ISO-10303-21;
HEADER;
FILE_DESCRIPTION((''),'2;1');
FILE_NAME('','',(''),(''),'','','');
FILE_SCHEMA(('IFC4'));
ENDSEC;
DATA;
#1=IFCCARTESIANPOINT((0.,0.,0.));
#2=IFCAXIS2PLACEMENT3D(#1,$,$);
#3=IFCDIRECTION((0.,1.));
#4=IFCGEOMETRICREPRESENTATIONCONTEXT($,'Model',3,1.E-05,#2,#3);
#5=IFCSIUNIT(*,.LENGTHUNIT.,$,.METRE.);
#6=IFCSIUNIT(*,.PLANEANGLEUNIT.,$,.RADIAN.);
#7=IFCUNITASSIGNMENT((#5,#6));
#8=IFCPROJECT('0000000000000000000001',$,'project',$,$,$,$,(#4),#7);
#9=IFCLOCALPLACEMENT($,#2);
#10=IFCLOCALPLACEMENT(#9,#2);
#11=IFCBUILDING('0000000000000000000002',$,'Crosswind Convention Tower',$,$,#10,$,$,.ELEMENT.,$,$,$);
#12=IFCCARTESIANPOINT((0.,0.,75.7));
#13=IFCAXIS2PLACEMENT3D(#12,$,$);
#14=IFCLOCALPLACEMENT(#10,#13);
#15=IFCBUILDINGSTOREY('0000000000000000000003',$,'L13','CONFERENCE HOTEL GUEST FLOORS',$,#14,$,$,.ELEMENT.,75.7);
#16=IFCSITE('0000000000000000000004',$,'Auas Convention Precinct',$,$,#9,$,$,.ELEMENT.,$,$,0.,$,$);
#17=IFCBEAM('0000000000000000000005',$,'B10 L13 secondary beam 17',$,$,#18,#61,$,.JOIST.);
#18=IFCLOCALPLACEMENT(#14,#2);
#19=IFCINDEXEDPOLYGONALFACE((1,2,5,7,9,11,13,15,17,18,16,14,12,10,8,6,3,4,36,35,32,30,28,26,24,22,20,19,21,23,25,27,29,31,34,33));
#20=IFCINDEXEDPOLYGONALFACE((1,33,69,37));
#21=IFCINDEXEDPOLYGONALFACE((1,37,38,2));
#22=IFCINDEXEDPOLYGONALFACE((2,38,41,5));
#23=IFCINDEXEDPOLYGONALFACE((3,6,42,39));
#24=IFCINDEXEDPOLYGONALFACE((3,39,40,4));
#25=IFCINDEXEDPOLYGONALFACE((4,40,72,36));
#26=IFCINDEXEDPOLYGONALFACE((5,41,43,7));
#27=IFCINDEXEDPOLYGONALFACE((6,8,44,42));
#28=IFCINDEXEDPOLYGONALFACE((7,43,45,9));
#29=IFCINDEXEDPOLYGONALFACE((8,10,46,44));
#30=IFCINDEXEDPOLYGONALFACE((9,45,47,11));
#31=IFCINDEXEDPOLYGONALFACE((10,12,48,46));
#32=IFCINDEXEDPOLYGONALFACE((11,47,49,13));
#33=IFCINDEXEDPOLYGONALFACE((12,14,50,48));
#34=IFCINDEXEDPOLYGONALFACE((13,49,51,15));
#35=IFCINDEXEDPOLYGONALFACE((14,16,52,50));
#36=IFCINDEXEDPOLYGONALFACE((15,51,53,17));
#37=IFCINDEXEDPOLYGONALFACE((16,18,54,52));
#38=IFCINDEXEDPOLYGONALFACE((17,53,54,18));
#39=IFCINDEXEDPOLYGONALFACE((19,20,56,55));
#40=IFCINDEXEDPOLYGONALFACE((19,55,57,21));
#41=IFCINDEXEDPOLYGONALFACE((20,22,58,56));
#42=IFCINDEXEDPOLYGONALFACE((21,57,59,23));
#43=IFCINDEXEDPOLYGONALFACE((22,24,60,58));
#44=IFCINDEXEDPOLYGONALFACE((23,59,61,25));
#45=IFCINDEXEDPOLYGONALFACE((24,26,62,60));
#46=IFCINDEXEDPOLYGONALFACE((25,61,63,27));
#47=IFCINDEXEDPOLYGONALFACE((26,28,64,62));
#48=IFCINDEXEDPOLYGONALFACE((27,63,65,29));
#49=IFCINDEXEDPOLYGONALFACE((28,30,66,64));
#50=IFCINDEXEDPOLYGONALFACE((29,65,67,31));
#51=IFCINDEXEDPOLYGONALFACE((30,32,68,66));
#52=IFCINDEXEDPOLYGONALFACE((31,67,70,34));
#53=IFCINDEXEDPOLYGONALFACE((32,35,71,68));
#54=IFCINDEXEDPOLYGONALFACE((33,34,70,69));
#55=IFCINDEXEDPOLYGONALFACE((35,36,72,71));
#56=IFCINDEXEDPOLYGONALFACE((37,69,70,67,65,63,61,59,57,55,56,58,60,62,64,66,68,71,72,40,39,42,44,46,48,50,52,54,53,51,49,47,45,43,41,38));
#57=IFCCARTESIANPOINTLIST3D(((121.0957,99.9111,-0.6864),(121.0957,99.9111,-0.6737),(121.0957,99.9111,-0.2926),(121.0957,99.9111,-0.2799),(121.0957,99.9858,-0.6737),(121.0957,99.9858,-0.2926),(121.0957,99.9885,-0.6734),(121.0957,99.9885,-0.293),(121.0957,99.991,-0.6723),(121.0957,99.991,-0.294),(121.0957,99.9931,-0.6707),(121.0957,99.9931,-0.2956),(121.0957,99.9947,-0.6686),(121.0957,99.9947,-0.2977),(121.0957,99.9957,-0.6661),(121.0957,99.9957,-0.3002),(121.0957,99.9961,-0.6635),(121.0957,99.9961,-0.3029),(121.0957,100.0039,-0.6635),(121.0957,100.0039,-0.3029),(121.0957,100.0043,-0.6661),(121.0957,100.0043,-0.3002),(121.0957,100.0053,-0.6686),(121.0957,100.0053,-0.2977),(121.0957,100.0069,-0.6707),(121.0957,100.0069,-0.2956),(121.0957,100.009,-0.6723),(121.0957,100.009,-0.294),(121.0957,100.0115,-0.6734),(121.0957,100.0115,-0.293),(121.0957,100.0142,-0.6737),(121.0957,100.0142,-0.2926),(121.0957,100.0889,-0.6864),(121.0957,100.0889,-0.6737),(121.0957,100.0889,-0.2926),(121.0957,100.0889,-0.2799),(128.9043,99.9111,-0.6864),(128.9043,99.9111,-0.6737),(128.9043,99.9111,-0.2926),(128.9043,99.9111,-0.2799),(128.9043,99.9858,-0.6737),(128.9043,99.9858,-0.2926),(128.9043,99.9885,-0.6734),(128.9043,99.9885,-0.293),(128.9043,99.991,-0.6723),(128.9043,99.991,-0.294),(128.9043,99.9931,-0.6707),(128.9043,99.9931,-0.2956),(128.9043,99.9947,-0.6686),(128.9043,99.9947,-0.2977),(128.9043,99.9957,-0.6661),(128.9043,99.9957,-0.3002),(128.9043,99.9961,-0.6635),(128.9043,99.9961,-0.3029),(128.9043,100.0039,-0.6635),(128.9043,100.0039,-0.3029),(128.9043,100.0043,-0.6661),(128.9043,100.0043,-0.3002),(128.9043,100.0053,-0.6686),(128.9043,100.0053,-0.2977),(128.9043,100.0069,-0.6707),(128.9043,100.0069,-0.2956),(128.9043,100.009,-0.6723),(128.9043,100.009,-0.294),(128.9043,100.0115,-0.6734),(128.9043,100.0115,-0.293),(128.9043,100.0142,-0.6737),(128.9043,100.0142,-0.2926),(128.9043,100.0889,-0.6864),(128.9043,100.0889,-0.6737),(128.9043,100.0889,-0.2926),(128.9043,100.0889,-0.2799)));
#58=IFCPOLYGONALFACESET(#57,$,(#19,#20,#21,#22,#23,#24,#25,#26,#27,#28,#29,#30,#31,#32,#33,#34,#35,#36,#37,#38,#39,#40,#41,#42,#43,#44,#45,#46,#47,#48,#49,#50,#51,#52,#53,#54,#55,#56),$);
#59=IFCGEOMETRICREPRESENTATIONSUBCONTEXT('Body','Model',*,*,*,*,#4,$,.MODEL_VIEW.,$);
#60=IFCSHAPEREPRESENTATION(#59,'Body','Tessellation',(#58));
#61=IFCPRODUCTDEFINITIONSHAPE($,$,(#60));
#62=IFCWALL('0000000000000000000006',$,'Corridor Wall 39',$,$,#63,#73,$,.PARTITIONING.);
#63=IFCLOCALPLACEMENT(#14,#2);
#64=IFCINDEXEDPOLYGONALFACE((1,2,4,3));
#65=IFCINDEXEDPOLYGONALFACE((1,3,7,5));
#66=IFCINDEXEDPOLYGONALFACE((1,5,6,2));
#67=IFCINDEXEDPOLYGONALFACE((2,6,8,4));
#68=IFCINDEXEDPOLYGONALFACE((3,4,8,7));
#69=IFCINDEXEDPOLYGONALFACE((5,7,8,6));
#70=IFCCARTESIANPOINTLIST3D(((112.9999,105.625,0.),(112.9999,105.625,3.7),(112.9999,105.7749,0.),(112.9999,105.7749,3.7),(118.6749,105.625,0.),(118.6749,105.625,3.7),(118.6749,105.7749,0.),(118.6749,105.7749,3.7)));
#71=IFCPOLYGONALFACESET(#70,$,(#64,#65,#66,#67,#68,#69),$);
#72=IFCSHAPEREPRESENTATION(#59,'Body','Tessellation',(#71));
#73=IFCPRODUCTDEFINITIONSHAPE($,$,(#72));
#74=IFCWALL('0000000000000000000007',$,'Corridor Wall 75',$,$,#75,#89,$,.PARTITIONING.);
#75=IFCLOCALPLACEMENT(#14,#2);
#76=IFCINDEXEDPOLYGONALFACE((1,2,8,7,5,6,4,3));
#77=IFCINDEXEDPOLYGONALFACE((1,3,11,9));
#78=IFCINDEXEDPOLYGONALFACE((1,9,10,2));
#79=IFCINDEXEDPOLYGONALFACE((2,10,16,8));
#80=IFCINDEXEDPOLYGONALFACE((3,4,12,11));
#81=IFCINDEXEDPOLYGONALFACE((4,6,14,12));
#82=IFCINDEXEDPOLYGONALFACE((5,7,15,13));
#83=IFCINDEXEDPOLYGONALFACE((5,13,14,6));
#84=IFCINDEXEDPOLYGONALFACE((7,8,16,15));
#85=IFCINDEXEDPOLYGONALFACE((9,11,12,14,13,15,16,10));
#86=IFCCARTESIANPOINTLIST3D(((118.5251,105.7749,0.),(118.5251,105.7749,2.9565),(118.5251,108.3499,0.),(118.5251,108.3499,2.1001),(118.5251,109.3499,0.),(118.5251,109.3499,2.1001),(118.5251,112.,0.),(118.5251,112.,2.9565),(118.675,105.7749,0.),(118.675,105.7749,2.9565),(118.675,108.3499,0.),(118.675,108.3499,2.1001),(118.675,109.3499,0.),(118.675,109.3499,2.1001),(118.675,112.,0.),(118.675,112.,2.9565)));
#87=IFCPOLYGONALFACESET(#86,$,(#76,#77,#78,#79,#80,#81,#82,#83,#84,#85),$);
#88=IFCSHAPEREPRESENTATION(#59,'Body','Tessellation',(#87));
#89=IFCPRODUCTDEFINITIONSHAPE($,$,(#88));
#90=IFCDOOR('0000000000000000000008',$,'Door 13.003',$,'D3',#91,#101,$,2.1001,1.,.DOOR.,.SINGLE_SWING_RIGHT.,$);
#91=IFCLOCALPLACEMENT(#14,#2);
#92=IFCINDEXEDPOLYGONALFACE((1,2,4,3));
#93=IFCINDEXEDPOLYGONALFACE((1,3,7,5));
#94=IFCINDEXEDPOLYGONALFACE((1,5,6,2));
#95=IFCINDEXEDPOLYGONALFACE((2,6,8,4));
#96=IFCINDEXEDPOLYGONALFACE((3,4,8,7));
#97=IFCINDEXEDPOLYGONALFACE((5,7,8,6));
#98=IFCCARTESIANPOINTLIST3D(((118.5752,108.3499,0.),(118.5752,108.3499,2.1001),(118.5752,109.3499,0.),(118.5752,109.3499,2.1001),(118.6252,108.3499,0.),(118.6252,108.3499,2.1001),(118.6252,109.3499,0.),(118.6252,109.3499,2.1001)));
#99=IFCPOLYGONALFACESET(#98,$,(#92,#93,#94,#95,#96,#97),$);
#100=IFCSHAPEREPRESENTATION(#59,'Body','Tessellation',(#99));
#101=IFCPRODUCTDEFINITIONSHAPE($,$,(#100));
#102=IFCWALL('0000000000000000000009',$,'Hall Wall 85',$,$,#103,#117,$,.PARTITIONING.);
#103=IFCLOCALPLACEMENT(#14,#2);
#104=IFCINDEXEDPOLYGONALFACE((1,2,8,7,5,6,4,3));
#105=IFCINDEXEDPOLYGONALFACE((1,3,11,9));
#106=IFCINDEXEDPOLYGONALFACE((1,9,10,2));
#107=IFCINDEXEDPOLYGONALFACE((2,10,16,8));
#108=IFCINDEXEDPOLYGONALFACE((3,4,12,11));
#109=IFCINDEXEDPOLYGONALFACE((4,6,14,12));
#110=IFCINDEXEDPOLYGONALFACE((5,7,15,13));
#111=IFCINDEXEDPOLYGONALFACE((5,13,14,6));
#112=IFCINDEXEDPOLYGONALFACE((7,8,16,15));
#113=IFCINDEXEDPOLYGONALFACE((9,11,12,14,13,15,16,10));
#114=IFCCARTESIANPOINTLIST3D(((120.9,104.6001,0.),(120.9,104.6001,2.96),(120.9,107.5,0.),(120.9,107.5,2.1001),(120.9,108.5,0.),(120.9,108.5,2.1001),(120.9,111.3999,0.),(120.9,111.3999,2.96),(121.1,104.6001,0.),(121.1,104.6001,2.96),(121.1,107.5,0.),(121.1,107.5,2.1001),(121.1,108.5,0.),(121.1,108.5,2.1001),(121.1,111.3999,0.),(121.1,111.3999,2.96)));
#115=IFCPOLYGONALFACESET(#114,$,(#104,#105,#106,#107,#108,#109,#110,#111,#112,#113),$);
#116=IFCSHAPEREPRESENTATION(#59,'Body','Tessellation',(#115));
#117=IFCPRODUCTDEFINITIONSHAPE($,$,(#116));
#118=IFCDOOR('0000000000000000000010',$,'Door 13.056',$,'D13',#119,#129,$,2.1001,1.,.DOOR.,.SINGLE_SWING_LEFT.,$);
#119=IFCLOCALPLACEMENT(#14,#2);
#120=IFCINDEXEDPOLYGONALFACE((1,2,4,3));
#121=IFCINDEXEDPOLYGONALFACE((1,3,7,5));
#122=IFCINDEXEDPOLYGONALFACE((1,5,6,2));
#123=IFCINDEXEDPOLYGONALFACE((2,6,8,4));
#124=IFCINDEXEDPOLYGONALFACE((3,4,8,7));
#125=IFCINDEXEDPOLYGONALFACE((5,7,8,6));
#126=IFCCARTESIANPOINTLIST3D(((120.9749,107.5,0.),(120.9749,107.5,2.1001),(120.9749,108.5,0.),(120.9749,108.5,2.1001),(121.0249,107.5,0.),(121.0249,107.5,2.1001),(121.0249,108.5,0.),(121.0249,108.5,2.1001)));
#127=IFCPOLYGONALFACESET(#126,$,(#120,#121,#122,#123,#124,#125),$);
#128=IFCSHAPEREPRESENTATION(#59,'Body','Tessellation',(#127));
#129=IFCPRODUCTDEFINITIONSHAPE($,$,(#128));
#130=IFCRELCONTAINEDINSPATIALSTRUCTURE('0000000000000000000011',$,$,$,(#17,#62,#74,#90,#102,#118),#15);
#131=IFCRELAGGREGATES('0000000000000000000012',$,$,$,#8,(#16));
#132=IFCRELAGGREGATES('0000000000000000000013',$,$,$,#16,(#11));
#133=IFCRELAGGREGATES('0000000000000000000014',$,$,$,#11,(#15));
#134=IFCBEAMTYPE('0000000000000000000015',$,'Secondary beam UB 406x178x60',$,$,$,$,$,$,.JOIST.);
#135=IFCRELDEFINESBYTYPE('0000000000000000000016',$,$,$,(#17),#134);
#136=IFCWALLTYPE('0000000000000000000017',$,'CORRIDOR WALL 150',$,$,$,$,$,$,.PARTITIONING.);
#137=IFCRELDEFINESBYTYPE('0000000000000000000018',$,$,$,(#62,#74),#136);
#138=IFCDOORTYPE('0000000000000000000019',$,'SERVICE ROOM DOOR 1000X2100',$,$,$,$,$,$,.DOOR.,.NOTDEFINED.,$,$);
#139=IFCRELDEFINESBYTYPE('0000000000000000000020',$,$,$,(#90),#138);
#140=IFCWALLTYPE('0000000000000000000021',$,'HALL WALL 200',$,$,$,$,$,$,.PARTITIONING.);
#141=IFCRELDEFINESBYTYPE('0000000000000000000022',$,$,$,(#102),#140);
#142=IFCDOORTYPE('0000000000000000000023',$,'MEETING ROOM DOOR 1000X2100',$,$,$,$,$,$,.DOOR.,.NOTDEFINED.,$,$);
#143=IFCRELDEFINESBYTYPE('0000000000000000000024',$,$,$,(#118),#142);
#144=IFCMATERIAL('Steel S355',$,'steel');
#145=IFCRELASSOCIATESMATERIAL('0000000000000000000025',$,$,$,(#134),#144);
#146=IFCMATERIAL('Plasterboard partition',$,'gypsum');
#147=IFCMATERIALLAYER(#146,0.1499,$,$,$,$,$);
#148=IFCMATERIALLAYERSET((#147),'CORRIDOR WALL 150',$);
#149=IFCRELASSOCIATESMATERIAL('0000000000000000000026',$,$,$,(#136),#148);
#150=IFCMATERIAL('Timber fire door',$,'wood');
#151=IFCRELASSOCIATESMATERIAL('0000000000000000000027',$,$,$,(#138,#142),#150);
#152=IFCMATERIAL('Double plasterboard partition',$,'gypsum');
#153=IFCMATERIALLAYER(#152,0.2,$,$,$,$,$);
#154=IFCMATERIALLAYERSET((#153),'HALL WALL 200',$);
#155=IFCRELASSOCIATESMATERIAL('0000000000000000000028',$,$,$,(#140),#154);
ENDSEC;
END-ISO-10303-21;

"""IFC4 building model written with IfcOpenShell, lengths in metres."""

from ifc_helpers import new_model, si_unit, direction, frame, frame_2d, origin, origin_2d, place, context, subcontext, project, spatial, rectangle, i_section, extrude, material, layer, layer_set, material_profile, profile_set, type_object, element, fill, save


model = new_model("IFC4")

# Units and contexts
model_context = context("Model", 3, precision=1e-05, world=origin(), true_north=direction((0.0, 1.0)))
body_context = subcontext(model_context, "Body", "Model", "MODEL_VIEW")
ifc_project = project(units=[si_unit("LENGTHUNIT", "METRE"), si_unit("PLANEANGLEUNIT", "RADIAN")], contexts=[model_context])

# Site, building, storey
site_placement = place(None, origin())
site = spatial("IfcSite", under=ifc_project, at=site_placement, Name="Auas Convention Precinct", CompositionType="ELEMENT", RefElevation=0.0)
building_placement = place(site_placement, origin())
building = spatial("IfcBuilding", under=site, at=building_placement, Name="Crosswind Convention Tower", CompositionType="ELEMENT")
storey_placement = place(building_placement, frame((0.0, 0.0, 75.7)))
storey = spatial("IfcBuildingStorey", under=building, at=storey_placement, Name="L13", Description="CONFERENCE HOTEL GUEST FLOORS", CompositionType="ELEMENT", Elevation=75.7)

# Beam
ifc_material_1 = material(Name="Steel S355", Category="steel")
ifc_material_profile_1 = material_profile(ifc_material_1, i_section(OverallWidth=0.1777, OverallDepth=0.4065, WebThickness=0.0078, FlangeThickness=0.0127, FilletRadius=0.0103, at=origin_2d()), Name="UB 406x178x60")
ifc_profile_set_1 = profile_set([ifc_material_profile_1], Name="Steel S355")
beam_type_1 = type_object("IfcBeamType", Name="Secondary beam UB 406x178x60", PredefinedType="JOIST", material=ifc_profile_set_1)
beam_1_placement = place(storey_placement, frame((121.0957, 100.0, -0.4832), z_axis=(1.0, 0.0, 0.0), x_axis=(0.0, 1.0, 0.0)))
element("IfcBeam", 1, at=beam_1_placement, inside=storey, type_object=beam_type_1, Name="B10 L13 secondary beam 17", PredefinedType="JOIST", context=body_context, shape_type="SweptSolid", body=[
    extrude(i_section(OverallWidth=0.1777, OverallDepth=0.4065, WebThickness=0.0078, FlangeThickness=0.0127, FilletRadius=0.0103, at=origin_2d()), origin(), (0.0, 0.0, 1.0), 7.8086),
])

# Wall
ifc_material_2 = material(Name="Plasterboard partition", Category="gypsum")
ifc_layer_1 = layer(ifc_material_2, 0.1499)
ifc_layer_set_1 = layer_set([ifc_layer_1], Name="CORRIDOR WALL 150")
wall_type_1 = type_object("IfcWallType", Name="CORRIDOR WALL 150", PredefinedType="PARTITIONING", material=ifc_layer_set_1)
wall_1_placement = place(storey_placement, frame((113.0, 105.7, 0.0), z_axis=(0.0, 0.0, 1.0), x_axis=(1.0, 0.0, 0.0)))
element("IfcWall", 2, at=wall_1_placement, inside=storey, type_object=wall_type_1, Name="Corridor Wall 39", PredefinedType="PARTITIONING", context=body_context, shape_type="SweptSolid", body=[
    extrude(rectangle(XDim=5.675, YDim=0.1499, at=frame_2d((2.8374, 0.0))), origin(), (0.0, 0.0, 1.0), 3.7),
])

# Walls, openings, doors
wall_2_placement = place(storey_placement, frame((118.6001, 105.7749, 0.0), z_axis=(0.0, 0.0, 1.0), x_axis=(0.0, 1.0, 0.0)))
wall_2 = element("IfcWall", 3, at=wall_2_placement, inside=storey, type_object=wall_type_1, Name="Corridor Wall 75", PredefinedType="PARTITIONING", context=body_context, shape_type="SweptSolid", body=[
    extrude(rectangle(XDim=6.2251, YDim=0.1499, at=frame_2d((3.1125, 0.0))), origin(), (0.0, 0.0, 1.0), 2.9565),
])
opening_1_placement = place(wall_2_placement, frame((2.575, 0.0, 0.0)))
opening_1 = element("IfcOpeningElement", 4, at=opening_1_placement, cuts=wall_2, PredefinedType="OPENING", context=body_context, shape_type="SweptSolid", body=[
    extrude(rectangle(XDim=1.0, YDim=2.1001, at=frame_2d((0.5, 1.05))), frame((0.0, 0.085, 0.0), z_axis=(0.0, -1.0, 0.0), x_axis=(1.0, 0.0, 0.0)), (0.0, 0.0, 1.0), 0.1699),
])
ifc_material_3 = material(Name="Timber fire door", Category="wood")
door_type_1 = type_object("IfcDoorType", Name="SERVICE ROOM DOOR 1000X2100", OperationType="NOTDEFINED", PredefinedType="DOOR", material=ifc_material_3)
door_1_placement = place(opening_1_placement, origin())
door_1 = element("IfcDoor", 5, at=door_1_placement, inside=storey, type_object=door_type_1, Name="Door 13.003", ObjectType="D3", OperationType="SINGLE_SWING_RIGHT", OverallHeight=2.1001, OverallWidth=1.0, PredefinedType="DOOR", context=body_context, shape_type="SweptSolid", body=[
    extrude(rectangle(XDim=1.0, YDim=2.1001, at=frame_2d((0.5, 1.05))), frame((0.0, 0.0249, 0.0), z_axis=(0.0, -1.0, 0.0), x_axis=(1.0, 0.0, 0.0)), (0.0, 0.0, 1.0), 0.05),
])
fill(opening_1, door_1)
ifc_material_4 = material(Name="Double plasterboard partition", Category="gypsum")
ifc_layer_2 = layer(ifc_material_4, 0.2)
ifc_layer_set_2 = layer_set([ifc_layer_2], Name="HALL WALL 200")
wall_type_2 = type_object("IfcWallType", Name="HALL WALL 200", PredefinedType="PARTITIONING", material=ifc_layer_set_2)
wall_3_placement = place(storey_placement, frame((121.0, 104.6001, 0.0), z_axis=(0.0, 0.0, 1.0), x_axis=(0.0, 1.0, 0.0)))
wall_3 = element("IfcWall", 6, at=wall_3_placement, inside=storey, type_object=wall_type_2, Name="Hall Wall 85", PredefinedType="PARTITIONING", context=body_context, shape_type="SweptSolid", body=[
    extrude(rectangle(XDim=6.7998, YDim=0.2, at=frame_2d((3.3999, 0.0))), origin(), (0.0, 0.0, 1.0), 2.96),
])
opening_2_placement = place(wall_3_placement, frame((2.8999, 0.0, 0.0)))
opening_2 = element("IfcOpeningElement", 7, at=opening_2_placement, cuts=wall_3, PredefinedType="OPENING", context=body_context, shape_type="SweptSolid", body=[
    extrude(rectangle(XDim=1.0, YDim=2.1001, at=frame_2d((0.5, 1.05))), frame((0.0, 0.1099, 0.0), z_axis=(0.0, -1.0, 0.0), x_axis=(1.0, 0.0, 0.0)), (0.0, 0.0, 1.0), 0.22),
])
door_type_2 = type_object("IfcDoorType", Name="MEETING ROOM DOOR 1000X2100", OperationType="NOTDEFINED", PredefinedType="DOOR", material=ifc_material_3)
door_2_placement = place(opening_2_placement, frame((1.0, 0.0, 0.0), z_axis=(0.0, 0.0, 1.0), x_axis=(-1.0, 0.0, 0.0)))
door_2 = element("IfcDoor", 8, at=door_2_placement, inside=storey, type_object=door_type_2, Name="Door 13.056", ObjectType="D13", OperationType="SINGLE_SWING_LEFT", OverallHeight=2.1001, OverallWidth=1.0, PredefinedType="DOOR", context=body_context, shape_type="SweptSolid", body=[
    extrude(rectangle(XDim=1.0, YDim=2.1001, at=frame_2d((0.5, 1.05))), frame((0.0, 0.0249, 0.0), z_axis=(0.0, -1.0, 0.0), x_axis=(1.0, 0.0, 0.0)), (0.0, 0.0, 1.0), 0.05),
])
fill(opening_2, door_2)

save(model, "model.ifc")
